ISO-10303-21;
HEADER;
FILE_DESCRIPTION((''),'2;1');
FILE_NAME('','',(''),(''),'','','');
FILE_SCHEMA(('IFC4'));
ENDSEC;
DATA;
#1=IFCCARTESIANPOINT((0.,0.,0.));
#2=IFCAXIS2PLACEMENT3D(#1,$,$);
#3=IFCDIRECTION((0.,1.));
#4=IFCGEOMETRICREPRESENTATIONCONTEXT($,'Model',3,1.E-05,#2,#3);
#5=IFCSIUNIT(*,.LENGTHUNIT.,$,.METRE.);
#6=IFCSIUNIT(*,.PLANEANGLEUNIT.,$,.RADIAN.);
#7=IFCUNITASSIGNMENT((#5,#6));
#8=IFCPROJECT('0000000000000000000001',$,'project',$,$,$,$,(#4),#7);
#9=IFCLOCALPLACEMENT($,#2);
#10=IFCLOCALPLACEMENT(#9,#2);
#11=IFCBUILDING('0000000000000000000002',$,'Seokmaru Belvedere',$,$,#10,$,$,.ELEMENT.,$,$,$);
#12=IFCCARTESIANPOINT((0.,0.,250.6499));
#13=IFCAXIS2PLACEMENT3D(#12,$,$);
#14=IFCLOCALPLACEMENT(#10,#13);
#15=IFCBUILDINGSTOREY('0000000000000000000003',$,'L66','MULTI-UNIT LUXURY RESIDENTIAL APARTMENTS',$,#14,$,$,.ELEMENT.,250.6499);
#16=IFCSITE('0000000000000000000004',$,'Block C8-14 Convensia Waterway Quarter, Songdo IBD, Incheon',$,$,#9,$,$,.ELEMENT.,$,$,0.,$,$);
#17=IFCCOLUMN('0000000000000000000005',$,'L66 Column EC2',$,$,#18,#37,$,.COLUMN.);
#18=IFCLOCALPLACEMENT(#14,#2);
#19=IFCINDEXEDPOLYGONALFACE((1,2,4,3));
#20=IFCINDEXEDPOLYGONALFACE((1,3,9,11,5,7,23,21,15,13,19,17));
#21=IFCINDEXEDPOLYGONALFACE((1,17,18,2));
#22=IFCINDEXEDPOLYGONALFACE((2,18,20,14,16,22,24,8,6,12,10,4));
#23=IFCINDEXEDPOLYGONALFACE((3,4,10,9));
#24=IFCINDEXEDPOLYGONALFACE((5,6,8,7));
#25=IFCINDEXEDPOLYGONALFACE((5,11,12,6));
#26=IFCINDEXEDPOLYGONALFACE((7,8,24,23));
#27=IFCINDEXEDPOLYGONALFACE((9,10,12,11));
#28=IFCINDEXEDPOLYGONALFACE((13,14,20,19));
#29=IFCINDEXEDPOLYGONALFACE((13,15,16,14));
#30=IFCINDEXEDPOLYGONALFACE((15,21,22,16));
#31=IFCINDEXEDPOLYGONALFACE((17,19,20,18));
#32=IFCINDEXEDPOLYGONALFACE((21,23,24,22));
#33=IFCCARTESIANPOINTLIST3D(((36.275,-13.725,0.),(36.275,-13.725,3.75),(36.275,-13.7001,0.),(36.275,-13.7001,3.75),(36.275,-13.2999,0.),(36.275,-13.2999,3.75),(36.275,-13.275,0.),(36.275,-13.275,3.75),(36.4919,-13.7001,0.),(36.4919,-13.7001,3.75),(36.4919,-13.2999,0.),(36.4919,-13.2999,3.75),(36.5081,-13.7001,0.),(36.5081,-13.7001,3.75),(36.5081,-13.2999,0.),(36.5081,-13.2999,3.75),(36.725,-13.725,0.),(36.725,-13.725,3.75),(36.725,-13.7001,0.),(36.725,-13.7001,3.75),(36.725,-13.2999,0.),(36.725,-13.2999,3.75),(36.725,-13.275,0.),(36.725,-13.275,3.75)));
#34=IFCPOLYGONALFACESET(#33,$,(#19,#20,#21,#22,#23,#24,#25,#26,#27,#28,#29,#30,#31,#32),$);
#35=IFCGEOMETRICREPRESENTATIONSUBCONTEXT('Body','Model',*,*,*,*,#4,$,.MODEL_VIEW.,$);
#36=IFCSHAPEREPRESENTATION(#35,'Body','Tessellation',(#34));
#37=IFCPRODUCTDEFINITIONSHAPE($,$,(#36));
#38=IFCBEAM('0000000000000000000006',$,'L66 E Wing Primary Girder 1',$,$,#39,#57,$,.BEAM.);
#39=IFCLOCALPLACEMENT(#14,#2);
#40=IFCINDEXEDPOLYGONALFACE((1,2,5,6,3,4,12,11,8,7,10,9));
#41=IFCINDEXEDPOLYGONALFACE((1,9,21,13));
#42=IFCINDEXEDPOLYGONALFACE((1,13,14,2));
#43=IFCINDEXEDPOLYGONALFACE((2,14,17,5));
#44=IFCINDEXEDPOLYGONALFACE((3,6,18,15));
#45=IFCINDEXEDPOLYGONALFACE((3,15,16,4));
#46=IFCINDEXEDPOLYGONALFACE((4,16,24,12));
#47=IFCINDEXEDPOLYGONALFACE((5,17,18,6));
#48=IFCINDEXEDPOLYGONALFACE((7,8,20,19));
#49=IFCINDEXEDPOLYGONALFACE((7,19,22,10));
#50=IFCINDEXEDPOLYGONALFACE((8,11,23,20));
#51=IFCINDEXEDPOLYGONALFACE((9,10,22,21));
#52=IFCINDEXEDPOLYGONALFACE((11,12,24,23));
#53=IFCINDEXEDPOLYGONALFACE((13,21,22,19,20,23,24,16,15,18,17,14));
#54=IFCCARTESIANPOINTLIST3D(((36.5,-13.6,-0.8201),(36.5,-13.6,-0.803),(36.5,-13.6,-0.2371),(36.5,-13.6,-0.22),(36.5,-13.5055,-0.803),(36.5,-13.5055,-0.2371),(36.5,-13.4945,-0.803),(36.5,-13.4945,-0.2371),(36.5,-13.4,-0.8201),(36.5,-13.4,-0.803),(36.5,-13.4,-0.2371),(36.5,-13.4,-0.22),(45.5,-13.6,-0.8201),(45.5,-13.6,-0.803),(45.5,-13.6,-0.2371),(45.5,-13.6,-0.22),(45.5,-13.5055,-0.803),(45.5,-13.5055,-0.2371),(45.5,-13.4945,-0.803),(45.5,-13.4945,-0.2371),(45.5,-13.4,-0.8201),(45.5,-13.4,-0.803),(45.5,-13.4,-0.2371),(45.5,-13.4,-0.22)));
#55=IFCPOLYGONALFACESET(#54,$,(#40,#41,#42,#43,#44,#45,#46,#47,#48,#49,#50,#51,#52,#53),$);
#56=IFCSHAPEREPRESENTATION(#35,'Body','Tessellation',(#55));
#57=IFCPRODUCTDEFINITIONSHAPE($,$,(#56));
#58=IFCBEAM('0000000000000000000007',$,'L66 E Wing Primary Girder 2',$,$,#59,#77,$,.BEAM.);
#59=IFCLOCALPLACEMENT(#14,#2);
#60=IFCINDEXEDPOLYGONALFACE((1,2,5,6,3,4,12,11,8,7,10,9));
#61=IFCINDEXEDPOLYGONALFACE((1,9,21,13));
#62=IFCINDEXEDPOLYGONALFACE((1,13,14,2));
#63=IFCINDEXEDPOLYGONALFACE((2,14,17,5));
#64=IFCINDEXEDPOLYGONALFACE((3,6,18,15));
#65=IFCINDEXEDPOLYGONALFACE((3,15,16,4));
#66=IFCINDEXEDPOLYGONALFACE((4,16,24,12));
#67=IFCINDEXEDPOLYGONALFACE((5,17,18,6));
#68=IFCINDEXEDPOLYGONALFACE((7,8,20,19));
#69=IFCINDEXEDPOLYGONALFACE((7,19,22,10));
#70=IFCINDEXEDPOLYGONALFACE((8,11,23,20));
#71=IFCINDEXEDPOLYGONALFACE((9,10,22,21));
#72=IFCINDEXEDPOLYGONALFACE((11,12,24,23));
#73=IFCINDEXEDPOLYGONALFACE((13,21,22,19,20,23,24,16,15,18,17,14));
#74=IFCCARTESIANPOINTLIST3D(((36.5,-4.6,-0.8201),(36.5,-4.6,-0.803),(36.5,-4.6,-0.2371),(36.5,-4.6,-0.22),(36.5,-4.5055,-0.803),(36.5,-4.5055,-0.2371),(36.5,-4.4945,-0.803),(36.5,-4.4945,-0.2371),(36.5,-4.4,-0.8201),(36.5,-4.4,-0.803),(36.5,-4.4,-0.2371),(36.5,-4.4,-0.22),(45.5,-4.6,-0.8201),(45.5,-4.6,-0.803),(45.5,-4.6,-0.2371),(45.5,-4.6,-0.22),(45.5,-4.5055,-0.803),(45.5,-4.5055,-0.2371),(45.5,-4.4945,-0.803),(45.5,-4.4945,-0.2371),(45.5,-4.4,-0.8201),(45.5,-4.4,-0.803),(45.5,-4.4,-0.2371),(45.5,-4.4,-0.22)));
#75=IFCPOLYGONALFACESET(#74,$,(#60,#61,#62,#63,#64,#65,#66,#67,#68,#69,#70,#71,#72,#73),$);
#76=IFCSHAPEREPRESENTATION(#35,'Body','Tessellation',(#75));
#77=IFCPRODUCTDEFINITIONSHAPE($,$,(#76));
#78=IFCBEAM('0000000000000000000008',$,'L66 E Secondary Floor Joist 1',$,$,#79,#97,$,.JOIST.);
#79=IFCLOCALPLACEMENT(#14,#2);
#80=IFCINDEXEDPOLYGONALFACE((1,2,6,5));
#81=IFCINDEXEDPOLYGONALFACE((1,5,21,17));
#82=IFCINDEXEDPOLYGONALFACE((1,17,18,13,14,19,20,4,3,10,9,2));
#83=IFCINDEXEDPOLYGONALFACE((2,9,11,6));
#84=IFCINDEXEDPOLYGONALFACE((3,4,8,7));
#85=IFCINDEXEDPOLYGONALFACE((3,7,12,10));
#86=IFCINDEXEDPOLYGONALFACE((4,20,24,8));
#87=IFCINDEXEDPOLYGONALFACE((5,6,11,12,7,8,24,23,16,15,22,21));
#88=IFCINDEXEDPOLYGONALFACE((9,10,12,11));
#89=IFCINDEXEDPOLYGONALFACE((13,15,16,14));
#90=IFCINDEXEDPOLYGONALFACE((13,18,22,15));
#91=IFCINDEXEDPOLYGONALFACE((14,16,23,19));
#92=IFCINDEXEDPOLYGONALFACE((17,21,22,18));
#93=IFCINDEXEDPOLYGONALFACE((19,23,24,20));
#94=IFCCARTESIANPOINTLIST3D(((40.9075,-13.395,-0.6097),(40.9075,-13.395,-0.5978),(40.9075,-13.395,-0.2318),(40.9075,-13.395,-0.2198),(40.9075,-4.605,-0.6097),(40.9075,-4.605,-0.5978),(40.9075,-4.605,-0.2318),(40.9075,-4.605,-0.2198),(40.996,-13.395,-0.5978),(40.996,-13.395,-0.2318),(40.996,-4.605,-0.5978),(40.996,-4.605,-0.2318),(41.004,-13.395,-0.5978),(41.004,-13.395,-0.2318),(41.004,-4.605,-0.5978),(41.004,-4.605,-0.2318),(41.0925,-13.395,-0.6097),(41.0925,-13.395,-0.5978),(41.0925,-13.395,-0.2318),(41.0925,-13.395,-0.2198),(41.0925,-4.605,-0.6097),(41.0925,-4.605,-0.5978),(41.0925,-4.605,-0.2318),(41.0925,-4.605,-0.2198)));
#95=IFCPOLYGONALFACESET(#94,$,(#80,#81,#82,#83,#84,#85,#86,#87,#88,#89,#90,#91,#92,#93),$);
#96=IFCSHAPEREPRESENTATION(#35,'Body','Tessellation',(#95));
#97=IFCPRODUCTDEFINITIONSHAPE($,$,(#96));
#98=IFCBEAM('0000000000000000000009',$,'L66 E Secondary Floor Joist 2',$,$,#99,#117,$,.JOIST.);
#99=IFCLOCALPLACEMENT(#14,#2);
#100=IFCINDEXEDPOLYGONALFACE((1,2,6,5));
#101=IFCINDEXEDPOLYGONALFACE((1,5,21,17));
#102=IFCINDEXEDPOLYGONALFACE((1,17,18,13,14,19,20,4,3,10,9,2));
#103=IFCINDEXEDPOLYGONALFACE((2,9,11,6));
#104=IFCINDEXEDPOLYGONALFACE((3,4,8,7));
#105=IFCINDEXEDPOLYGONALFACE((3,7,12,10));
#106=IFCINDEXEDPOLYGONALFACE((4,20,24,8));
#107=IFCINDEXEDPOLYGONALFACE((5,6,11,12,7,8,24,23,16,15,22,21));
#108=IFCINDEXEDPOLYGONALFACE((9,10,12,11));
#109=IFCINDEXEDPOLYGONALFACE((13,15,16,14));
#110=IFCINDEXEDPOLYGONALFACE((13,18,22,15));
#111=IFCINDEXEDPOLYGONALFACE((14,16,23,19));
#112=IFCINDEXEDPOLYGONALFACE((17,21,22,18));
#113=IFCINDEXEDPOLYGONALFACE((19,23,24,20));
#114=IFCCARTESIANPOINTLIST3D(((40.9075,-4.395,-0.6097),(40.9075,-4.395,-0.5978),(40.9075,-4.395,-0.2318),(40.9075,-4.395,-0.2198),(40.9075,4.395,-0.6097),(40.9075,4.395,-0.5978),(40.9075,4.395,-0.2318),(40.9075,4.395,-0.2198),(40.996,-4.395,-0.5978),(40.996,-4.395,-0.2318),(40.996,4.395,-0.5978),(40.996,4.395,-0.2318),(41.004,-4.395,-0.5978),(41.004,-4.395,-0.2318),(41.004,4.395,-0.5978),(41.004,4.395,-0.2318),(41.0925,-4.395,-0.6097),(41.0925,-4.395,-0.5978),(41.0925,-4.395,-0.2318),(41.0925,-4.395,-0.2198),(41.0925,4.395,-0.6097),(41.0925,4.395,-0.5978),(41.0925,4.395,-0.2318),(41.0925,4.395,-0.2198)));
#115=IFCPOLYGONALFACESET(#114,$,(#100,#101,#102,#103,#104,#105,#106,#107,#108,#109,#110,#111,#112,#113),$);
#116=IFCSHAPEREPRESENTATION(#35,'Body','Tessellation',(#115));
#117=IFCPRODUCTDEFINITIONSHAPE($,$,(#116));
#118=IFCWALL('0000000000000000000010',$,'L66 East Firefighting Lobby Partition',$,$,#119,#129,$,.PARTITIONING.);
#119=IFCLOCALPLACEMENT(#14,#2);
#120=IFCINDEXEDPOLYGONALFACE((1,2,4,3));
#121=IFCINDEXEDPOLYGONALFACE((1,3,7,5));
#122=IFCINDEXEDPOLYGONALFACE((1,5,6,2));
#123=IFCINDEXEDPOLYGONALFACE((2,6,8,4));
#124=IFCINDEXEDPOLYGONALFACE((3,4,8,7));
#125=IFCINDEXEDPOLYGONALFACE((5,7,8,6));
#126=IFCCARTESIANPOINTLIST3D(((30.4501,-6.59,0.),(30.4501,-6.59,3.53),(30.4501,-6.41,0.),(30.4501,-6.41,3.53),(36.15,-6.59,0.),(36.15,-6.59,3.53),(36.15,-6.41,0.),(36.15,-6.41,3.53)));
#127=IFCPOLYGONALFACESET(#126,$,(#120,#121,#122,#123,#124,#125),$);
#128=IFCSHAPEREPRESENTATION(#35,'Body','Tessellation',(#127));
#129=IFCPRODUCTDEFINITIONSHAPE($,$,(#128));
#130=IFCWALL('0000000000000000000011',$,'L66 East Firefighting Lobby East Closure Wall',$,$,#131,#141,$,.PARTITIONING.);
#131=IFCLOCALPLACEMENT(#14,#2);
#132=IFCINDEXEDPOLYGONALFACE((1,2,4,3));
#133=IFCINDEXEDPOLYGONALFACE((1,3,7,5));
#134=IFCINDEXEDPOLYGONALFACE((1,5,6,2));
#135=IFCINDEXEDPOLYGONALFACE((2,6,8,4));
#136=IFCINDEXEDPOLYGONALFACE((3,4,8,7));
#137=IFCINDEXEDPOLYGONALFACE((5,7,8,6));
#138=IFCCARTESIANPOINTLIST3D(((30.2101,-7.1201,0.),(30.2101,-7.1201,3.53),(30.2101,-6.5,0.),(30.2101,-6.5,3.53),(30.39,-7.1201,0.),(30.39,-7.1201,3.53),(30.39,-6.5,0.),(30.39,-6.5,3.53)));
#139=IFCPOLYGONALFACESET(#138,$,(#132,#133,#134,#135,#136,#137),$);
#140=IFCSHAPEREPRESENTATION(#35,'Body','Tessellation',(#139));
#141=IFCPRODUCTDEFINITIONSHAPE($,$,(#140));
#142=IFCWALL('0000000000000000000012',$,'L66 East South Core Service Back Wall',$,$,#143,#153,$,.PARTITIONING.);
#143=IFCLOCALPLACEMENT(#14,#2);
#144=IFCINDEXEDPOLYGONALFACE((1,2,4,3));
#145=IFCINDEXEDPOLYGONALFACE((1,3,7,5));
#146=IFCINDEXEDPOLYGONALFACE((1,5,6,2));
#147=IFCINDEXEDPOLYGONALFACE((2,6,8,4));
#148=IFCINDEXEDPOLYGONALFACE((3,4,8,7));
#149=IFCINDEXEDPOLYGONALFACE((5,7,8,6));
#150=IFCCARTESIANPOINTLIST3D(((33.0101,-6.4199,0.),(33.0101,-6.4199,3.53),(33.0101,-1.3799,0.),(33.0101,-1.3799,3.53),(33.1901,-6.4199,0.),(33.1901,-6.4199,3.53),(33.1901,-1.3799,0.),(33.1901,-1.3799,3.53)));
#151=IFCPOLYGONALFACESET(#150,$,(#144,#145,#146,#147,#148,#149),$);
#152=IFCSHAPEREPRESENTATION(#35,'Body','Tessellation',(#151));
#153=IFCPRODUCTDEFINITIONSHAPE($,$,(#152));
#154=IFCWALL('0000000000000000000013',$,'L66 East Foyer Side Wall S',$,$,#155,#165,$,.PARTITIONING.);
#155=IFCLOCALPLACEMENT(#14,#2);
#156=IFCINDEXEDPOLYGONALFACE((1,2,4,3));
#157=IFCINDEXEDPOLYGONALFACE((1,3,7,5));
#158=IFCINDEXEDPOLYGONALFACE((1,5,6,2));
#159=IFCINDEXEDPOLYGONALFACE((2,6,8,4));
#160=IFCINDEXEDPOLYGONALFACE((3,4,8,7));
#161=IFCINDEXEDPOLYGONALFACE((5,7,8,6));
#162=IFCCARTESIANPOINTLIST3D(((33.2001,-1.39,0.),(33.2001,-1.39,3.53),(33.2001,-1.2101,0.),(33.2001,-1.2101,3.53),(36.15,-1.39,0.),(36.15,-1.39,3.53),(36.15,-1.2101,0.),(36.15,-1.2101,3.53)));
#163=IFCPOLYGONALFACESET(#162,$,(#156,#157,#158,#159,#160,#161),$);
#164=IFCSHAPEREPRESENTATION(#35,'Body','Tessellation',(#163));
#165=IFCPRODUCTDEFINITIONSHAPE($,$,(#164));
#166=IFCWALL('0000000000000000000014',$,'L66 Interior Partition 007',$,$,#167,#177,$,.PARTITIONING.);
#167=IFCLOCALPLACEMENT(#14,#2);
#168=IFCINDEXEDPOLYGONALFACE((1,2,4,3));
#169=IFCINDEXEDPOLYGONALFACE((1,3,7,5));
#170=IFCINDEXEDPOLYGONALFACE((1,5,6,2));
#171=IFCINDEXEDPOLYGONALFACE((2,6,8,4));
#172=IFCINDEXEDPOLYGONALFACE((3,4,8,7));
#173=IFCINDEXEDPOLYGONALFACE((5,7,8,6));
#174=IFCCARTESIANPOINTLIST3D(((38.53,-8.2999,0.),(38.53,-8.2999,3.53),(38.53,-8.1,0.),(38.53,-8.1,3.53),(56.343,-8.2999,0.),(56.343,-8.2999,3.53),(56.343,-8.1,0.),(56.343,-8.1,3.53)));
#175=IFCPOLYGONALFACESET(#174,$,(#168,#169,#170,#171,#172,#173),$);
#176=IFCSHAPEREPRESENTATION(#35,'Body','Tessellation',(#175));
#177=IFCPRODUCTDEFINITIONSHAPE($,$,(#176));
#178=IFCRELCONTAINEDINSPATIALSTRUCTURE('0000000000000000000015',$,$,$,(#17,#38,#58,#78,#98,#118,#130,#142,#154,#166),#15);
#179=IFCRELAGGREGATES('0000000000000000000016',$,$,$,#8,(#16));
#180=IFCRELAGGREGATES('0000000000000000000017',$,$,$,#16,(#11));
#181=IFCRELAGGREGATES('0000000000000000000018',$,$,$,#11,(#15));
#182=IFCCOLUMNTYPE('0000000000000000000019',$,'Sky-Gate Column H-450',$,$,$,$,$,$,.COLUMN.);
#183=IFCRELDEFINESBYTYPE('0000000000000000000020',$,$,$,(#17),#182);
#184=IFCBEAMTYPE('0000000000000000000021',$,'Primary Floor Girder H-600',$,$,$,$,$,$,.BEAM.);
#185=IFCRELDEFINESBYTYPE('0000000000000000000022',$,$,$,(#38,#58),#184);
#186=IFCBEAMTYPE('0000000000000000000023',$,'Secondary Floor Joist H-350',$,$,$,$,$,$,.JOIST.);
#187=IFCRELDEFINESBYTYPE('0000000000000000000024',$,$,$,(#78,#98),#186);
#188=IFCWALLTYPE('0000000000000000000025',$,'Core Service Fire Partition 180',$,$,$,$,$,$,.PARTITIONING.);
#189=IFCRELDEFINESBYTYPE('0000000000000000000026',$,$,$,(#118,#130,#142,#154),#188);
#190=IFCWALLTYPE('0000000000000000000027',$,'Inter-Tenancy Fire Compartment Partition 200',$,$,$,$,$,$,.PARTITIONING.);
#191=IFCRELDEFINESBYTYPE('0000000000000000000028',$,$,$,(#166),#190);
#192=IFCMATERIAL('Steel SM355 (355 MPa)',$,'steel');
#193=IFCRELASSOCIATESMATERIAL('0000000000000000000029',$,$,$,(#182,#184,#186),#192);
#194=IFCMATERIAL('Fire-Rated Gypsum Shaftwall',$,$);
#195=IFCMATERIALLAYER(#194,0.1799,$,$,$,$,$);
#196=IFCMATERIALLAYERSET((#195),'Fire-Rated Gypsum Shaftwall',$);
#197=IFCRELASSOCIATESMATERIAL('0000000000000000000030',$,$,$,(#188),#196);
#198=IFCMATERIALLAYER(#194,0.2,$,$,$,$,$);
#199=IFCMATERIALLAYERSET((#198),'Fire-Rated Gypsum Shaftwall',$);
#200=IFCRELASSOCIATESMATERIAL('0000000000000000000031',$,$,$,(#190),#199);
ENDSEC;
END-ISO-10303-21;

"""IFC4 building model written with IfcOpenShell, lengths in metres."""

from ifc_helpers import new_model, si_unit, direction, frame, frame_2d, origin, origin_2d, place, context, subcontext, project, spatial, rectangle, i_section, extrude, source, transform, mapped, material, layer, layer_set, material_profile, profile_set, type_object, type_shapes, element, save


model = new_model("IFC4")

# Units and contexts
model_context = context("Model", 3, precision=1e-05, world=origin(), true_north=direction((0.0, 1.0)))
body_context = subcontext(model_context, "Body", "Model", "MODEL_VIEW")
ifc_project = project(units=[si_unit("LENGTHUNIT", "METRE"), si_unit("PLANEANGLEUNIT", "RADIAN")], contexts=[model_context])

# Site, building, storey
site_placement = place(None, origin())
site = spatial("IfcSite", under=ifc_project, at=site_placement, Name="Block C8-14 Convensia Waterway Quarter, Songdo IBD, Incheon", CompositionType="ELEMENT", RefElevation=0.0)
building_placement = place(site_placement, origin())
building = spatial("IfcBuilding", under=site, at=building_placement, Name="Seokmaru Belvedere", CompositionType="ELEMENT")
storey_placement = place(building_placement, frame((0.0, 0.0, 250.6499)))
storey = spatial("IfcBuildingStorey", under=building, at=storey_placement, Name="L66", Description="MULTI-UNIT LUXURY RESIDENTIAL APARTMENTS", CompositionType="ELEMENT", Elevation=250.6499)

# Column
ifc_material_1 = material(Name="Steel SM355 (355 MPa)", Category="steel")
ifc_material_profile_1 = material_profile(ifc_material_1, i_section(OverallWidth=0.45, OverallDepth=0.45, WebThickness=0.0161, FlangeThickness=0.0249, at=origin_2d()), Name="H-450x450x16x25")
ifc_profile_set_1 = profile_set([ifc_material_profile_1], Name="Steel SM355 (355 MPa)")
column_type = type_object("IfcColumnType", Name="Sky-Gate Column H-450", PredefinedType="COLUMN", material=ifc_profile_set_1)
shared_shape_1 = source(origin(), body_context, "Body", "SweptSolid", [
    extrude(i_section(OverallWidth=0.45, OverallDepth=0.45, WebThickness=0.0161, FlangeThickness=0.0249, at=origin_2d()), origin(), (0.0, 0.0, 1.0), 3.75),
])
type_shapes(column_type, [shared_shape_1])
column_placement = place(storey_placement, frame((36.5, -13.5, 0.0), z_axis=(0.0, 0.0, 1.0), x_axis=(1.0, 0.0, 0.0)))
element("IfcColumn", 1, at=column_placement, inside=storey, type_object=column_type, Name="L66 Column EC2", PredefinedType="COLUMN", context=body_context, shape_type="MappedRepresentation", body=[
    mapped(shared_shape_1, transform((0.0, 0.0, 0.0), scale=1.0)),
])

# Beams
ifc_material_profile_2 = material_profile(ifc_material_1, i_section(OverallWidth=0.2, OverallDepth=0.6001, WebThickness=0.011, FlangeThickness=0.0171, at=origin_2d()), Name="H-600x200x11x17")
ifc_profile_set_2 = profile_set([ifc_material_profile_2], Name="Steel SM355 (355 MPa)")
beam_type_1 = type_object("IfcBeamType", Name="Primary Floor Girder H-600", PredefinedType="BEAM", material=ifc_profile_set_2)
shared_shape_2 = source(origin(), body_context, "Body", "SweptSolid", [
    extrude(i_section(OverallWidth=0.2, OverallDepth=0.6001, WebThickness=0.011, FlangeThickness=0.0171, at=origin_2d()), origin(), (0.0, 0.0, 1.0), 9.0),
])
type_shapes(beam_type_1, [shared_shape_2])
for number, where, z_axis, x_axis, name in (
    (2, (36.5, -13.5, -0.52), (1.0, 0.0, 0.0), (0.0, 1.0, 0.0), "L66 E Wing Primary Girder 1"),
    (3, (36.5, -4.5, -0.52), (1.0, 0.0, 0.0), (0.0, 1.0, 0.0), "L66 E Wing Primary Girder 2"),
):
    element("IfcBeam", number, at=place(storey_placement, frame(where, z_axis=z_axis, x_axis=x_axis)), inside=storey, type_object=beam_type_1, Name=name, PredefinedType="BEAM", context=body_context, shape_type="MappedRepresentation", body=[
        mapped(shared_shape_2, transform((0.0, 0.0, 0.0), scale=1.0)),
    ])
ifc_material_profile_3 = material_profile(ifc_material_1, i_section(OverallWidth=0.1851, OverallDepth=0.3899, WebThickness=0.0081, FlangeThickness=0.012, at=origin_2d()), Name="H-390x185x8x12")
ifc_profile_set_3 = profile_set([ifc_material_profile_3], Name="Steel SM355 (355 MPa)")
beam_type_2 = type_object("IfcBeamType", Name="Secondary Floor Joist H-350", PredefinedType="JOIST", material=ifc_profile_set_3)
shared_shape_3 = source(origin(), body_context, "Body", "SweptSolid", [
    extrude(i_section(OverallWidth=0.1851, OverallDepth=0.3899, WebThickness=0.0081, FlangeThickness=0.012, at=origin_2d()), origin(), (0.0, 0.0, 1.0), 8.79),
])
type_shapes(beam_type_2, [shared_shape_3])
for number, where, z_axis, x_axis, name in (
    (4, (41.0, -13.395, -0.4148), (0.0, 1.0, 0.0), (-1.0, 0.0, 0.0), "L66 E Secondary Floor Joist 1"),
    (5, (41.0, -4.395, -0.4148), (0.0, 1.0, 0.0), (-1.0, 0.0, 0.0), "L66 E Secondary Floor Joist 2"),
):
    element("IfcBeam", number, at=place(storey_placement, frame(where, z_axis=z_axis, x_axis=x_axis)), inside=storey, type_object=beam_type_2, Name=name, PredefinedType="JOIST", context=body_context, shape_type="MappedRepresentation", body=[
        mapped(shared_shape_3, transform((0.0, 0.0, 0.0), scale=1.0)),
    ])

# Walls
ifc_material_2 = material(Name="Fire-Rated Gypsum Shaftwall")
ifc_layer_1 = layer(ifc_material_2, 0.1799)
ifc_layer_set_1 = layer_set([ifc_layer_1], Name="Fire-Rated Gypsum Shaftwall")
wall_type_1 = type_object("IfcWallType", Name="Core Service Fire Partition 180", PredefinedType="PARTITIONING", material=ifc_layer_set_1)
wall_1_placement = place(storey_placement, frame((30.45, -6.5, 0.0), z_axis=(0.0, 0.0, 1.0), x_axis=(1.0, 0.0, 0.0)))
element("IfcWall", 6, at=wall_1_placement, inside=storey, type_object=wall_type_1, Name="L66 East Firefighting Lobby Partition", PredefinedType="PARTITIONING", context=body_context, shape_type="SweptSolid", body=[
    extrude(rectangle(XDim=5.7, YDim=0.1799, at=frame_2d((2.8501, 0.0))), origin(), (0.0, 0.0, 1.0), 3.53),
])
wall_2_placement = place(storey_placement, frame((30.3, -7.1201, 0.0), z_axis=(0.0, 0.0, 1.0), x_axis=(0.0, 1.0, 0.0)))
element("IfcWall", 7, at=wall_2_placement, inside=storey, type_object=wall_type_1, Name="L66 East Firefighting Lobby East Closure Wall", PredefinedType="PARTITIONING", context=body_context, shape_type="SweptSolid", body=[
    extrude(rectangle(XDim=0.6201, YDim=0.1799, at=frame_2d((0.3101, 0.0))), origin(), (0.0, 0.0, 1.0), 3.53),
])
wall_3_placement = place(storey_placement, frame((33.1001, -6.4199, 0.0), z_axis=(0.0, 0.0, 1.0), x_axis=(0.0, 1.0, 0.0)))
element("IfcWall", 8, at=wall_3_placement, inside=storey, type_object=wall_type_1, Name="L66 East South Core Service Back Wall", PredefinedType="PARTITIONING", context=body_context, shape_type="SweptSolid", body=[
    extrude(rectangle(XDim=5.04, YDim=0.1799, at=frame_2d((2.52, 0.0))), origin(), (0.0, 0.0, 1.0), 3.53),
])
wall_4_placement = place(storey_placement, frame((33.2, -1.3, 0.0), z_axis=(0.0, 0.0, 1.0), x_axis=(1.0, 0.0, 0.0)))
element("IfcWall", 9, at=wall_4_placement, inside=storey, type_object=wall_type_1, Name="L66 East Foyer Side Wall S", PredefinedType="PARTITIONING", context=body_context, shape_type="SweptSolid", body=[
    extrude(rectangle(XDim=2.95, YDim=0.1799, at=frame_2d((1.4751, 0.0))), origin(), (0.0, 0.0, 1.0), 3.53),
])
ifc_layer_2 = layer(ifc_material_2, 0.2)
ifc_layer_set_2 = layer_set([ifc_layer_2], Name="Fire-Rated Gypsum Shaftwall")
wall_type_2 = type_object("IfcWallType", Name="Inter-Tenancy Fire Compartment Partition 200", PredefinedType="PARTITIONING", material=ifc_layer_set_2)
wall_5_placement = place(storey_placement, frame((38.53, -8.2, 0.0), z_axis=(0.0, 0.0, 1.0), x_axis=(1.0, 0.0, 0.0)))
element("IfcWall", 10, at=wall_5_placement, inside=storey, type_object=wall_type_2, Name="L66 Interior Partition 007", PredefinedType="PARTITIONING", context=body_context, shape_type="SweptSolid", body=[
    extrude(rectangle(XDim=17.813, YDim=0.2, at=frame_2d((8.9065, 0.0))), origin(), (0.0, 0.0, 1.0), 3.53),
])

save(model, "model.ifc")
